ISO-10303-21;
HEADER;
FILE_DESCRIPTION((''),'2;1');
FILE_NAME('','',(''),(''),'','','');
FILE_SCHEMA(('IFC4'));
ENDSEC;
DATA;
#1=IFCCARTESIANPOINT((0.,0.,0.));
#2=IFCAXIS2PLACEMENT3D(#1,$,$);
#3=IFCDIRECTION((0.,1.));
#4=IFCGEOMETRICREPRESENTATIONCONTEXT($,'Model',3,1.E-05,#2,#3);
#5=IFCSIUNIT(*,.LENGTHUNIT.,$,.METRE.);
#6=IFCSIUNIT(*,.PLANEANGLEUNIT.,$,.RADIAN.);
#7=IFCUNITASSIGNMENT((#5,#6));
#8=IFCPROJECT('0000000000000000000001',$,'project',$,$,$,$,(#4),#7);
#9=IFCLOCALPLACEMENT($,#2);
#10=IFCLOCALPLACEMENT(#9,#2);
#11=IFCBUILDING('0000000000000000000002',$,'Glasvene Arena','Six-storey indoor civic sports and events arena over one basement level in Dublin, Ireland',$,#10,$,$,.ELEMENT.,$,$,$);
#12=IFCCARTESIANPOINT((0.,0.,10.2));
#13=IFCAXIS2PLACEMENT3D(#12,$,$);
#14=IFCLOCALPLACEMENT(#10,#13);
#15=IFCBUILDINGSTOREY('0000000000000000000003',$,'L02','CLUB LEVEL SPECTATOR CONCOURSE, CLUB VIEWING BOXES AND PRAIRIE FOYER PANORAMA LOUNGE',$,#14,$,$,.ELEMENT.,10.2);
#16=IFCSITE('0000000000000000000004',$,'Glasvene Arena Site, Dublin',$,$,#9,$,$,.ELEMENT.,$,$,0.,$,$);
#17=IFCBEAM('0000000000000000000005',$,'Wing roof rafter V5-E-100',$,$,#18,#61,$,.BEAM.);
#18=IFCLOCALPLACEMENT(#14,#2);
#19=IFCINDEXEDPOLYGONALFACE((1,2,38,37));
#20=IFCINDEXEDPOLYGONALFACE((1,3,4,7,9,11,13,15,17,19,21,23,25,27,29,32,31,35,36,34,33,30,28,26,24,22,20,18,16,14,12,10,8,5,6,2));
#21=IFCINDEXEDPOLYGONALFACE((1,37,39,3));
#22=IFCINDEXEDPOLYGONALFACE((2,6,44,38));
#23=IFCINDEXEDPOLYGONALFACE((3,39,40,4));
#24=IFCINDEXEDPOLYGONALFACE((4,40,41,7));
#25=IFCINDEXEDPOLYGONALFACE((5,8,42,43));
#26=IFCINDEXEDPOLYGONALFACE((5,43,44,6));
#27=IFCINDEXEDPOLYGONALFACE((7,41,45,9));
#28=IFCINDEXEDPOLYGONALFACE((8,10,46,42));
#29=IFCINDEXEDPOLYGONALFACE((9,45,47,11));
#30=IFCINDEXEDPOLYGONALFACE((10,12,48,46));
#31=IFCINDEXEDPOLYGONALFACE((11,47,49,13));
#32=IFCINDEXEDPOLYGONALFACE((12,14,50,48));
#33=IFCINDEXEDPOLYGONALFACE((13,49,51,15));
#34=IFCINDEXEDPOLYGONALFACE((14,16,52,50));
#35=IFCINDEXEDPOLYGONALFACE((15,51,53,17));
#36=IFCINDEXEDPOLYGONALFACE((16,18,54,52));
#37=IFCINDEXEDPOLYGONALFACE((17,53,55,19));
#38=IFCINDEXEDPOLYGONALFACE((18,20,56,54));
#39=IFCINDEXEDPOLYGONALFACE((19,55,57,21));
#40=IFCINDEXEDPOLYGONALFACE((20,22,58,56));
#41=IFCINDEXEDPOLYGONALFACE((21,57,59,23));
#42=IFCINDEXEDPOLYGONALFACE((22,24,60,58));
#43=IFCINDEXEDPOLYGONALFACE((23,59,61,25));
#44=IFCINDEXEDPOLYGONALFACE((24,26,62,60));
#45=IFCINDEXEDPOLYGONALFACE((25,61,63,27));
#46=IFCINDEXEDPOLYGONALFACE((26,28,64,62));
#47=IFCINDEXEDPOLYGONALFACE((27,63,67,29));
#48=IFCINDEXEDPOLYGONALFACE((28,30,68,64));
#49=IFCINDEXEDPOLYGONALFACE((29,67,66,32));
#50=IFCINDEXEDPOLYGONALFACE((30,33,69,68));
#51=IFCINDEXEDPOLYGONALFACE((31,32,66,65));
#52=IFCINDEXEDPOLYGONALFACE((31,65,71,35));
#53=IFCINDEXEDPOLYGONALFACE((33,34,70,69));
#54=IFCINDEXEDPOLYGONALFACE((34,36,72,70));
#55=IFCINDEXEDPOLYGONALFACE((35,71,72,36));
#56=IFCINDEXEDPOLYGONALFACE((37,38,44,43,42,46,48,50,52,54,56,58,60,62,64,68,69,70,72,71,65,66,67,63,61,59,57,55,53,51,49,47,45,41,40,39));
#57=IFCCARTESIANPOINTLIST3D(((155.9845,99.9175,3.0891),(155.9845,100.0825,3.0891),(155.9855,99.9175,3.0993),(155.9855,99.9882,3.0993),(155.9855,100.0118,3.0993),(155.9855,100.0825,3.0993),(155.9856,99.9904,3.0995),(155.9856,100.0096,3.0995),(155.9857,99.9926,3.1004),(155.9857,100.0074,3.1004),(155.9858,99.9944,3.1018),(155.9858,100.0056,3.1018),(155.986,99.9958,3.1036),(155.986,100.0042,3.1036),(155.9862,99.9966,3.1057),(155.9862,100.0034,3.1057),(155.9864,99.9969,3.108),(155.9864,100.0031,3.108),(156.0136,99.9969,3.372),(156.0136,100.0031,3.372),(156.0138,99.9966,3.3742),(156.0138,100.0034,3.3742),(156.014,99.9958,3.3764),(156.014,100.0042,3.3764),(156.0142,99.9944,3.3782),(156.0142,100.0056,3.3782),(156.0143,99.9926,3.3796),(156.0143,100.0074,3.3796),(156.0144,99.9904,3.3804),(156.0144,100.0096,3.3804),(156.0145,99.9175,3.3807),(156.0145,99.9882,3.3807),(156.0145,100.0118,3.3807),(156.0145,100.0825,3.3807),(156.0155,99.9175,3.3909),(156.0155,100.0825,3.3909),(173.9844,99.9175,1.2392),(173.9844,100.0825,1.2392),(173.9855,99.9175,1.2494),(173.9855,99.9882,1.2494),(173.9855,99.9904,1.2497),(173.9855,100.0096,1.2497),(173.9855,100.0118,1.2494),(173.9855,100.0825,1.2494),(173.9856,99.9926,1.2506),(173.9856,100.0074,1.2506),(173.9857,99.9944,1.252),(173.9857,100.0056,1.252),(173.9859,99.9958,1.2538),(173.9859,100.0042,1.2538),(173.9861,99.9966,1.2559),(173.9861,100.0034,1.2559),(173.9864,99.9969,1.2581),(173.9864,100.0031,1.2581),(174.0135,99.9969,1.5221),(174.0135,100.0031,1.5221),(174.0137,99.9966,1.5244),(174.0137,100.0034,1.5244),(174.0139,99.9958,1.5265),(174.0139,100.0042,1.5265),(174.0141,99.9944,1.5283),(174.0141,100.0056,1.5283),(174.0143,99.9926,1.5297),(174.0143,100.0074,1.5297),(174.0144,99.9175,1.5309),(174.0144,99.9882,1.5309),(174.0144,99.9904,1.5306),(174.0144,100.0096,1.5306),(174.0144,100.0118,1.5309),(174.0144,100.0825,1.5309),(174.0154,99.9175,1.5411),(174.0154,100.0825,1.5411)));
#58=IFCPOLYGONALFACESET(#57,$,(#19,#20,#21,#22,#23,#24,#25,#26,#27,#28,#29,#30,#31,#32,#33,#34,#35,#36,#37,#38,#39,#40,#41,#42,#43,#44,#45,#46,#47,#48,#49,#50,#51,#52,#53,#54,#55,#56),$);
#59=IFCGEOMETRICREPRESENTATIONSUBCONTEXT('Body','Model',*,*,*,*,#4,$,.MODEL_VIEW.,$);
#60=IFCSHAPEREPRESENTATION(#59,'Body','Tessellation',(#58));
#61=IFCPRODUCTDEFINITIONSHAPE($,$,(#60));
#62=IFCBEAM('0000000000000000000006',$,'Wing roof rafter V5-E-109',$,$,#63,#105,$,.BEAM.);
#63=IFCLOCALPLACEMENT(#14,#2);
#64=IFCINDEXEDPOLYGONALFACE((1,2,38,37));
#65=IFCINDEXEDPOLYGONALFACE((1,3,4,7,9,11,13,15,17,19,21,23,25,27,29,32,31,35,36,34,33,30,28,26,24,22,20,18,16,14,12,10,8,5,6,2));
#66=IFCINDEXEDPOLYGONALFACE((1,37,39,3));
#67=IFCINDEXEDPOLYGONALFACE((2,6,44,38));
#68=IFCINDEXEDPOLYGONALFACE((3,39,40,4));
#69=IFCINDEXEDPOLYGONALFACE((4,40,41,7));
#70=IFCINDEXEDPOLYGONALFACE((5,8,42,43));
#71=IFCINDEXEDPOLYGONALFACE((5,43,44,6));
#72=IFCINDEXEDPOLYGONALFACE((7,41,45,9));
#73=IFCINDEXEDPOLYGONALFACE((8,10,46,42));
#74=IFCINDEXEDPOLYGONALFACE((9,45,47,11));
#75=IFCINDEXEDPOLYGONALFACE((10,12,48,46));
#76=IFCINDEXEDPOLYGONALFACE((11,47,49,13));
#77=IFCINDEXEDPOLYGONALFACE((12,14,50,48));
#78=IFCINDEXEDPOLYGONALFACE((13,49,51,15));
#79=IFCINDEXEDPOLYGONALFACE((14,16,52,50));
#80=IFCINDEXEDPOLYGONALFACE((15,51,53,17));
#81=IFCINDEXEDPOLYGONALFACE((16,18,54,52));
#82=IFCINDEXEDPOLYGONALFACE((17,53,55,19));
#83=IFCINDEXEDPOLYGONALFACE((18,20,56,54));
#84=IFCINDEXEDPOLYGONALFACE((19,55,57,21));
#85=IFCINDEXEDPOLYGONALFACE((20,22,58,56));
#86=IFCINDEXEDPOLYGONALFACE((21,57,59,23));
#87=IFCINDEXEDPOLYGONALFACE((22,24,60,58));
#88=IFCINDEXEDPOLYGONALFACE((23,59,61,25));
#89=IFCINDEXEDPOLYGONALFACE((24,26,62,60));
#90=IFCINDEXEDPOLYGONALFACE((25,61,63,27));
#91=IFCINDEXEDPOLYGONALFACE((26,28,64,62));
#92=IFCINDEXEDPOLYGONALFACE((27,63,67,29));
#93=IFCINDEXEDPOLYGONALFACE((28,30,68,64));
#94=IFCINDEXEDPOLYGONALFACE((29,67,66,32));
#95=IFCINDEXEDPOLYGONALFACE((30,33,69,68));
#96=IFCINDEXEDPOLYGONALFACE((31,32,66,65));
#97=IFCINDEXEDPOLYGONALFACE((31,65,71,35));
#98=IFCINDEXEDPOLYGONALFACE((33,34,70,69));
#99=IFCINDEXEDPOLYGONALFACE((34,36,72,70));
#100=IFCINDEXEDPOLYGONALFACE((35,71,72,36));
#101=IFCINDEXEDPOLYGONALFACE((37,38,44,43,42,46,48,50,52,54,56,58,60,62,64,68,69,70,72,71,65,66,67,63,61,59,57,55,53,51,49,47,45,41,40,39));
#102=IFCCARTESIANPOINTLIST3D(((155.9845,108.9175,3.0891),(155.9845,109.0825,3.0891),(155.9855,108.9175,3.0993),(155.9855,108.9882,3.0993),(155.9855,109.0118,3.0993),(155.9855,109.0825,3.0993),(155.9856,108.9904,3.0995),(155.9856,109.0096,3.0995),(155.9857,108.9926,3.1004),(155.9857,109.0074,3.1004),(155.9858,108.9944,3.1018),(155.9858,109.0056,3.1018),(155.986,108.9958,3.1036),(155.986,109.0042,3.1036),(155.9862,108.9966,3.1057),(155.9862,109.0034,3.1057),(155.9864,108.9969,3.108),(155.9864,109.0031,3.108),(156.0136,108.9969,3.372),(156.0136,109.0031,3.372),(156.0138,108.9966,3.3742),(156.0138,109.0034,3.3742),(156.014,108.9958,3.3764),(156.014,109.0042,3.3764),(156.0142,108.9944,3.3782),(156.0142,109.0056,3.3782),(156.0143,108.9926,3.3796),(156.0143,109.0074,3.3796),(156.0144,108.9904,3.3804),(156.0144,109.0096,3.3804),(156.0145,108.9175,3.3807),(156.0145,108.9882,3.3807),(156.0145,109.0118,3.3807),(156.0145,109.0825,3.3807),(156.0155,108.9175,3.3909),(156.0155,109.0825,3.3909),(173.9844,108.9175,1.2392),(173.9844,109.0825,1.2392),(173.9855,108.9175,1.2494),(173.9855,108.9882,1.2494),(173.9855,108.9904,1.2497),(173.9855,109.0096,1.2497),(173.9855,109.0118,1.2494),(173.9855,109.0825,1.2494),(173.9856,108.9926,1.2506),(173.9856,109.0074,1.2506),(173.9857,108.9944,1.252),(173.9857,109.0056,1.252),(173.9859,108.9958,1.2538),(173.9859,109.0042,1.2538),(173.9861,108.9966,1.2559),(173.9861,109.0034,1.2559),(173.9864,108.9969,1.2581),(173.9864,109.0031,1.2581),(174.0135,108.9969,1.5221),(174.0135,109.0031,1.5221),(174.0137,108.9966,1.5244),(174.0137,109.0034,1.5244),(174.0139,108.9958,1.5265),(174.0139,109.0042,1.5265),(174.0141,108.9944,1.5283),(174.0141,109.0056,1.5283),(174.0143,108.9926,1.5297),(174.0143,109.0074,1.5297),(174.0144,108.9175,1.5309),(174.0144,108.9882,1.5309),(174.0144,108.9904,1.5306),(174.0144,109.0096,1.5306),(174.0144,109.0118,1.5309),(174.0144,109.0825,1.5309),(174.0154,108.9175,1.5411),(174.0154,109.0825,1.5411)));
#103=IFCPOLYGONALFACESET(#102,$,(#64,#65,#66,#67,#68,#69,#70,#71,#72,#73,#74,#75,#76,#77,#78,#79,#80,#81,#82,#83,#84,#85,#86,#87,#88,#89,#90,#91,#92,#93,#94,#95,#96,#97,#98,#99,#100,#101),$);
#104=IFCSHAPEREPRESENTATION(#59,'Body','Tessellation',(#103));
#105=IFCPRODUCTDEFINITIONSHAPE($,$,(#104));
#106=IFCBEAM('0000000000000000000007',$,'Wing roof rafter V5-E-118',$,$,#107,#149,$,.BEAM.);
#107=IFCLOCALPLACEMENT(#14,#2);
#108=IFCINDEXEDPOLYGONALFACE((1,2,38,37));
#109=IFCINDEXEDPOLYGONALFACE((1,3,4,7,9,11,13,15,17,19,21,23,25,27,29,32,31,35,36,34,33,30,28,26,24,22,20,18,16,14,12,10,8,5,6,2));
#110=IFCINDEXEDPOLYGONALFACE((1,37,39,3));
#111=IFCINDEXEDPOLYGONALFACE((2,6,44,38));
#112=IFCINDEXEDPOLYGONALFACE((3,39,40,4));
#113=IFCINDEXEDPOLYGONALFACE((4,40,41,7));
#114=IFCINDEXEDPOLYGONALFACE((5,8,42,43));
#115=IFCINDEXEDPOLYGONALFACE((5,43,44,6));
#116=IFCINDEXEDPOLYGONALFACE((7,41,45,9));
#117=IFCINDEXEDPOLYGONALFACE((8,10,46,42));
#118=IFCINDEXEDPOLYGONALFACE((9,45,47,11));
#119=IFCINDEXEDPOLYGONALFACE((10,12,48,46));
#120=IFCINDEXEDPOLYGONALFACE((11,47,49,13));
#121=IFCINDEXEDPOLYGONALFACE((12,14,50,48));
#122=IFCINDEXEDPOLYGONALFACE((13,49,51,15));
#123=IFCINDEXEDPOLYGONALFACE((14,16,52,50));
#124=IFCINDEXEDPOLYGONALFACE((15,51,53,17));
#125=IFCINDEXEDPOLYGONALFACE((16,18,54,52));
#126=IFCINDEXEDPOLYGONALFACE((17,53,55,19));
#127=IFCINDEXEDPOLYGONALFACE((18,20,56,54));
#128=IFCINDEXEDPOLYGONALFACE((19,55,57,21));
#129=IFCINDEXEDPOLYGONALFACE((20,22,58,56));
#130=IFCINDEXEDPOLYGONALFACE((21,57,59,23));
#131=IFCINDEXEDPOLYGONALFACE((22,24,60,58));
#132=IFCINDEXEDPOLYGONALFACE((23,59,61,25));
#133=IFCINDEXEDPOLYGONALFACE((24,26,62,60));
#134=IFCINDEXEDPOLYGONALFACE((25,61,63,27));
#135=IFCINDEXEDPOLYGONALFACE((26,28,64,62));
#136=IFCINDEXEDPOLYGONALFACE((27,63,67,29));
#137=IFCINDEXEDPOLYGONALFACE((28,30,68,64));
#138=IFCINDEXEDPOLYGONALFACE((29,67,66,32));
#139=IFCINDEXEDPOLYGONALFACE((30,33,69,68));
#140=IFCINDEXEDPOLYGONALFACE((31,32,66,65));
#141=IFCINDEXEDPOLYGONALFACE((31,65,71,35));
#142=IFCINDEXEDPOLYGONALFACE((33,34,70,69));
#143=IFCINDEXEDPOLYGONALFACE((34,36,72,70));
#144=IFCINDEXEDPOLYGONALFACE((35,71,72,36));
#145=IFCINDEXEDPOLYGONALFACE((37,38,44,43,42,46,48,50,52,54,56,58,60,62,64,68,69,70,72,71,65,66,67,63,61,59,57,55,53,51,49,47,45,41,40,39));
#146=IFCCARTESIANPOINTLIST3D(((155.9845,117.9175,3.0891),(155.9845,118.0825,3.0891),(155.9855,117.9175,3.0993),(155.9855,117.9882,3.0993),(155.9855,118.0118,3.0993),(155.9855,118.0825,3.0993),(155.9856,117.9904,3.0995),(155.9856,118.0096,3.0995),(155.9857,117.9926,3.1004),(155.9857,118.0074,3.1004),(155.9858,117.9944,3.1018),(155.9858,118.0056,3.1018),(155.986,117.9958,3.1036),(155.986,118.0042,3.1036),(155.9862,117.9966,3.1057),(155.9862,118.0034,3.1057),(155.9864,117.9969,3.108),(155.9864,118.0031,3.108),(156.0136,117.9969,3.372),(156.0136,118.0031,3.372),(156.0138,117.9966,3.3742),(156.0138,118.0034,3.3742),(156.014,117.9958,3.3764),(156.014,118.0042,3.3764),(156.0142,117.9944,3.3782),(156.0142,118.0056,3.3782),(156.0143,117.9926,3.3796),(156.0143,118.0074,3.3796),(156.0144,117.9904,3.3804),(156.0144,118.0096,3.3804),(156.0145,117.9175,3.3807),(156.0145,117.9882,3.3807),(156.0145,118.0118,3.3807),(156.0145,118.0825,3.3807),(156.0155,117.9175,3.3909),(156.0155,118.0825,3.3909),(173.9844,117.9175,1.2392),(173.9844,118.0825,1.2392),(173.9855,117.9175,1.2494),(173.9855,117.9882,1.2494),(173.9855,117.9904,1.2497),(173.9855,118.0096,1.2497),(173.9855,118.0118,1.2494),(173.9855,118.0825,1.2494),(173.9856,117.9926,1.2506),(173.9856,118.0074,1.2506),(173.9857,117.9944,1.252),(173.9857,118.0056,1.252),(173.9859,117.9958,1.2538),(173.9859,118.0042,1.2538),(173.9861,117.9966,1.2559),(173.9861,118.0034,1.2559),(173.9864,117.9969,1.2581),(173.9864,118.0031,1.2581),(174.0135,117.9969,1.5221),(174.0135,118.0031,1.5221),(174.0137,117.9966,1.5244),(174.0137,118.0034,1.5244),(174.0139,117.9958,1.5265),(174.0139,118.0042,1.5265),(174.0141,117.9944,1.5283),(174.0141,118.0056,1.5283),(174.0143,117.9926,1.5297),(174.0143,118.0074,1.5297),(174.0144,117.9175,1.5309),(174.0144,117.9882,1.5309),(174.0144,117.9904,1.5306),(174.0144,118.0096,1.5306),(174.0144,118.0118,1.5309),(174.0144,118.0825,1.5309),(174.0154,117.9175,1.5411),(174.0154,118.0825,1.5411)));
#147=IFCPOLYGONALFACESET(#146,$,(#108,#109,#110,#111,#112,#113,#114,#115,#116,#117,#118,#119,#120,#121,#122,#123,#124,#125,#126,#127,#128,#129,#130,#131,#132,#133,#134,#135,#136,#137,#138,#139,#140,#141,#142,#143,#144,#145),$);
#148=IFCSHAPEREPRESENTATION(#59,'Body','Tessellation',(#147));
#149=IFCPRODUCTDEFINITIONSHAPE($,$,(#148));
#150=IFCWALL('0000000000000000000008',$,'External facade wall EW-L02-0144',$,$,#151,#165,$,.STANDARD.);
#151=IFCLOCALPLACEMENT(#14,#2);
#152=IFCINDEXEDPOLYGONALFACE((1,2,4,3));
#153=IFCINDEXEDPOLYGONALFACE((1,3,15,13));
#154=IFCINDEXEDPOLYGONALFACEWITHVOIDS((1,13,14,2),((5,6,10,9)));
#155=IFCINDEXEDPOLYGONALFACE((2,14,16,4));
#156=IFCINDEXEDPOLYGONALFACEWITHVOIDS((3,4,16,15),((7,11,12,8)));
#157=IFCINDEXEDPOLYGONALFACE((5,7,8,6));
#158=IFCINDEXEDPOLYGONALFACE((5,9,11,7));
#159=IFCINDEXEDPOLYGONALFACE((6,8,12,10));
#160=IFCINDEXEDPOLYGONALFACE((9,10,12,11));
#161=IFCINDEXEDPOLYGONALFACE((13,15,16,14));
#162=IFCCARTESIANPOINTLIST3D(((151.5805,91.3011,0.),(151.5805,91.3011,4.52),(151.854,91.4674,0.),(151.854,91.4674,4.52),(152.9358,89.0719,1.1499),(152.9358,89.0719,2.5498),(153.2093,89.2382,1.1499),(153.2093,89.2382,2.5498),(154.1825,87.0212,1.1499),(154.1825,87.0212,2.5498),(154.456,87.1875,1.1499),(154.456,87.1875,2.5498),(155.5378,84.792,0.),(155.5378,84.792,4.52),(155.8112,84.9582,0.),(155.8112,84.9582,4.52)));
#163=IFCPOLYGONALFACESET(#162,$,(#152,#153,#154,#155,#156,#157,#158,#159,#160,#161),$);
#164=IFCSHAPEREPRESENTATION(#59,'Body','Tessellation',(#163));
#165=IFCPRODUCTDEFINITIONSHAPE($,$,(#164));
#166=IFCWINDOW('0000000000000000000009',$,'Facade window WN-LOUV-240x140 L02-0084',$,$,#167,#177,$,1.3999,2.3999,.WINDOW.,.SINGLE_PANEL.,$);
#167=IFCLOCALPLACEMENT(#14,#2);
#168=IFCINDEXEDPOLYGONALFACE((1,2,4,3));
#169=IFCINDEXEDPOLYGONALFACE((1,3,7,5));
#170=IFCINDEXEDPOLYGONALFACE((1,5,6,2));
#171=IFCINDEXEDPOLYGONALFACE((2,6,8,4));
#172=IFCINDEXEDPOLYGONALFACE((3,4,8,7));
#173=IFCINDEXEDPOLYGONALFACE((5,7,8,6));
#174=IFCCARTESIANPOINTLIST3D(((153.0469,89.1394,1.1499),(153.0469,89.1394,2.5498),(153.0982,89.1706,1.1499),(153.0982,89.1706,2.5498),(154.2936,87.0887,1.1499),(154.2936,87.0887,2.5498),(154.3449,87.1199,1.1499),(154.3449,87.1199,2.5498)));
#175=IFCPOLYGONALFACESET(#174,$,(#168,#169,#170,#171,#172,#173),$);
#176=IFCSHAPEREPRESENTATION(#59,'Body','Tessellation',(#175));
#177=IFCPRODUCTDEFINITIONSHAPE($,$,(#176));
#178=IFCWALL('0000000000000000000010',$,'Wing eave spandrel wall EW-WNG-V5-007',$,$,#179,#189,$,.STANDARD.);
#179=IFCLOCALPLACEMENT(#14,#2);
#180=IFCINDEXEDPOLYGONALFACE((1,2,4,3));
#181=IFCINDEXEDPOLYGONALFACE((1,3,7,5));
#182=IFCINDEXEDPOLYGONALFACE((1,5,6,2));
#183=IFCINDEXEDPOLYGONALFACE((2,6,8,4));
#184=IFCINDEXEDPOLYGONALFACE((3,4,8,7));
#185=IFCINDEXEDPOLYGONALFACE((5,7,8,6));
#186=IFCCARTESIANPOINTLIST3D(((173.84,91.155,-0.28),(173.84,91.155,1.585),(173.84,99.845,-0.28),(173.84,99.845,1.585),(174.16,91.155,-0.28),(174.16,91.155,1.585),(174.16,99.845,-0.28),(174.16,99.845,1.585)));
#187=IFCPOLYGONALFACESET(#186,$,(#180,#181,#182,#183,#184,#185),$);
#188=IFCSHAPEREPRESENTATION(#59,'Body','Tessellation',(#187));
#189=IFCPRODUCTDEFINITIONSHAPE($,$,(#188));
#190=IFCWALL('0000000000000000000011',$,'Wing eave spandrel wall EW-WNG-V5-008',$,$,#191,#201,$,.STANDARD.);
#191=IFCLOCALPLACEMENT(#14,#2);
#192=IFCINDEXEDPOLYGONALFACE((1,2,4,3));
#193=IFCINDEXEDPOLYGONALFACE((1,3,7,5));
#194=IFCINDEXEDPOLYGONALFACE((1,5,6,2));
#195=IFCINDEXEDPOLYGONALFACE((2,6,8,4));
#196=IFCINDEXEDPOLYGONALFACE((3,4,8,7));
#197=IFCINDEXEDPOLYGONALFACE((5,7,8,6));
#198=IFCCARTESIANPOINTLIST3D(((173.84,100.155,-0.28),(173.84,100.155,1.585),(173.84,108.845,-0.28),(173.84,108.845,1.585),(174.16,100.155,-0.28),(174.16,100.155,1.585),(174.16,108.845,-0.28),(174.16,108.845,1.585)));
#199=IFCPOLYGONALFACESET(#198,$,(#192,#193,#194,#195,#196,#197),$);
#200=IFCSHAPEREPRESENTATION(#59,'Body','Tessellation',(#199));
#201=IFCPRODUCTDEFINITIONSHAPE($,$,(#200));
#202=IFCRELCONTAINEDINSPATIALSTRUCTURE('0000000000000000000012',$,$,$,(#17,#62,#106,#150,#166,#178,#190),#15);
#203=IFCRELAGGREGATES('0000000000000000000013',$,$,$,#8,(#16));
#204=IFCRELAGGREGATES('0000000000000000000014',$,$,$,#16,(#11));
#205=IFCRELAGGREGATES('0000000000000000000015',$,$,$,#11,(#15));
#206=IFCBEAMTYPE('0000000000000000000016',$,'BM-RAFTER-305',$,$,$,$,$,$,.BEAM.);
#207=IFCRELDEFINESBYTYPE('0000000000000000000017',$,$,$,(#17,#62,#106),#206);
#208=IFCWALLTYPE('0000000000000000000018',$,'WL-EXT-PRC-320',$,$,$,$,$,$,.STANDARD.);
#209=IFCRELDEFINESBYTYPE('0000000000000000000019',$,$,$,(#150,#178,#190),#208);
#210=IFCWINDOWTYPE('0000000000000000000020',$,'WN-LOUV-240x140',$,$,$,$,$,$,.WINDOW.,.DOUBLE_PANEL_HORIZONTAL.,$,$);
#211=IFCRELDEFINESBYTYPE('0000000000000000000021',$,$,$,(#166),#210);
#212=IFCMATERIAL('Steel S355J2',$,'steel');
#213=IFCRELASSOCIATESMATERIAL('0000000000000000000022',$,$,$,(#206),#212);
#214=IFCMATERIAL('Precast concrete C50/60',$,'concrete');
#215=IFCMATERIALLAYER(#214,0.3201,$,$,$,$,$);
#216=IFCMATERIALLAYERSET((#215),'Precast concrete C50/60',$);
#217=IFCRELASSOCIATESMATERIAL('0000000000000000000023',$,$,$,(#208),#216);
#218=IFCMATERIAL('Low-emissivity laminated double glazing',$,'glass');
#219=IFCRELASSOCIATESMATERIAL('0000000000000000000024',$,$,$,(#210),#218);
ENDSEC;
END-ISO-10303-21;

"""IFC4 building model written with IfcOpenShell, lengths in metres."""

from ifc_helpers import new_model, si_unit, direction, frame, frame_2d, origin, origin_2d, place, context, subcontext, project, spatial, rectangle, i_section, extrude, material, layer, layer_set, material_profile, profile_set, type_object, element, fill, save


model = new_model("IFC4")

# Units and contexts
model_context = context("Model", 3, precision=1e-05, world=origin(), true_north=direction((0.0, 1.0)))
body_context = subcontext(model_context, "Body", "Model", "MODEL_VIEW")
ifc_project = project(units=[si_unit("LENGTHUNIT", "METRE"), si_unit("PLANEANGLEUNIT", "RADIAN")], contexts=[model_context])

# Site, building, storey
site_placement = place(None, origin())
site = spatial("IfcSite", under=ifc_project, at=site_placement, Name="Glasvene Arena Site, Dublin", CompositionType="ELEMENT", RefElevation=0.0)
building_placement = place(site_placement, origin())
building = spatial("IfcBuilding", under=site, at=building_placement, Name="Glasvene Arena", Description="Six-storey indoor civic sports and events arena over one basement level in Dublin, Ireland", CompositionType="ELEMENT")
storey_placement = place(building_placement, frame((0.0, 0.0, 10.2)))
storey = spatial("IfcBuildingStorey", under=building, at=storey_placement, Name="L02", Description="CLUB LEVEL SPECTATOR CONCOURSE, CLUB VIEWING BOXES AND PRAIRIE FOYER PANORAMA LOUNGE", CompositionType="ELEMENT", Elevation=10.2)

# Shared definitions
ifc_material_1 = material(Name="Steel S355J2", Category="steel")

# Beams
ifc_material_profile_1 = material_profile(ifc_material_1, i_section(OverallWidth=0.165, OverallDepth=0.3035, WebThickness=0.0061, FlangeThickness=0.0103, FilletRadius=0.0088, at=origin_2d()), Name="UKB 305x165x40")
ifc_profile_set_1 = profile_set([ifc_material_profile_1], Name="Steel S355J2")
beam_type_1 = type_object("IfcBeamType", Name="BM-RAFTER-305", PredefinedType="BEAM", material=ifc_profile_set_1)
for number, where, z_axis, x_axis, name in (
    (1, (156.0, 100.0, 3.24), (0.994761, 0.0, -0.102231), (0.0, 1.0, 0.0), "Wing roof rafter V5-E-100"),
    (2, (156.0, 109.0, 3.24), (0.994761, 0.0, -0.102231), (0.0, 1.0, 0.0), "Wing roof rafter V5-E-109"),
    (3, (156.0, 118.0, 3.24), (0.994761, 0.0, -0.102231), (0.0, 1.0, 0.0), "Wing roof rafter V5-E-118"),
):
    element("IfcBeam", number, at=place(storey_placement, frame(where, z_axis=z_axis, x_axis=x_axis)), inside=storey, type_object=beam_type_1, Name=name, PredefinedType="BEAM", context=body_context, shape_type="SweptSolid", body=[
        extrude(i_section(OverallWidth=0.165, OverallDepth=0.3035, WebThickness=0.0061, FlangeThickness=0.0103, FilletRadius=0.0088, at=origin_2d()), origin(), (0.0, 0.0, 1.0), 18.0947),
    ])

# Wall, opening, window
ifc_material_2 = material(Name="Precast concrete C50/60", Category="concrete")
ifc_layer_1 = layer(ifc_material_2, 0.3201)
ifc_layer_set_1 = layer_set([ifc_layer_1], Name="Precast concrete C50/60")
wall_type = type_object("IfcWallType", Name="WL-EXT-PRC-320", PredefinedType="STANDARD", material=ifc_layer_set_1)
wall_1_placement = place(storey_placement, frame((151.7173, 91.3843, 0.0), z_axis=(0.0, 0.0, 1.0), x_axis=(0.519478, -0.854484, 0.0)))
wall_1 = element("IfcWall", 4, at=wall_1_placement, inside=storey, type_object=wall_type, Name="External facade wall EW-L02-0144", PredefinedType="STANDARD", context=body_context, shape_type="SweptSolid", body=[
    extrude(rectangle(XDim=7.6177, YDim=0.3201, at=frame_2d((3.8088, 0.0))), origin(), (0.0, 0.0, 1.0), 4.52),
])
opening_placement = place(wall_1_placement, frame((2.6089, 0.0, 1.1499)))
opening = element("IfcOpeningElement", 5, at=opening_placement, cuts=wall_1, PredefinedType="OPENING", context=body_context, shape_type="SweptSolid", body=[
    extrude(rectangle(XDim=2.3999, YDim=1.3999, at=frame_2d((1.2, 0.7))), frame((0.0, 0.1699, 0.0), z_axis=(0.0, -1.0, 0.0), x_axis=(1.0, 0.0, 0.0)), (0.0, 0.0, 1.0), 0.3401),
])
ifc_material_3 = material(Name="Low-emissivity laminated double glazing", Category="glass")
window_type = type_object("IfcWindowType", Name="WN-LOUV-240x140", PartitioningType="DOUBLE_PANEL_HORIZONTAL", PredefinedType="WINDOW", material=ifc_material_3)
window_placement = place(opening_placement, origin())
window = element("IfcWindow", 6, at=window_placement, inside=storey, type_object=window_type, Name="Facade window WN-LOUV-240x140 L02-0084", OverallHeight=1.3999, OverallWidth=2.3999, PartitioningType="SINGLE_PANEL", PredefinedType="WINDOW", context=body_context, shape_type="SweptSolid", body=[
    extrude(rectangle(XDim=2.3999, YDim=1.3999, at=frame_2d((1.2, 0.7))), frame((0.0, 0.03, 0.0), z_axis=(0.0, -1.0, 0.0), x_axis=(1.0, 0.0, 0.0)), (0.0, 0.0, 1.0), 0.0601),
])
fill(opening, window)

# Walls
for number, where, z_axis, x_axis, name in (
    (7, (174.0, 91.155, -0.28), (0.0, 0.0, 1.0), (0.0, 1.0, 0.0), "Wing eave spandrel wall EW-WNG-V5-007"),
    (8, (174.0, 100.155, -0.28), (0.0, 0.0, 1.0), (0.0, 1.0, 0.0), "Wing eave spandrel wall EW-WNG-V5-008"),
):
    element("IfcWall", number, at=place(storey_placement, frame(where, z_axis=z_axis, x_axis=x_axis)), inside=storey, type_object=wall_type, Name=name, PredefinedType="STANDARD", context=body_context, shape_type="SweptSolid", body=[
        extrude(rectangle(XDim=8.6899, YDim=0.3201, at=frame_2d((4.345, 0.0))), origin(), (0.0, 0.0, 1.0), 1.865),
    ])

save(model, "model.ifc")
